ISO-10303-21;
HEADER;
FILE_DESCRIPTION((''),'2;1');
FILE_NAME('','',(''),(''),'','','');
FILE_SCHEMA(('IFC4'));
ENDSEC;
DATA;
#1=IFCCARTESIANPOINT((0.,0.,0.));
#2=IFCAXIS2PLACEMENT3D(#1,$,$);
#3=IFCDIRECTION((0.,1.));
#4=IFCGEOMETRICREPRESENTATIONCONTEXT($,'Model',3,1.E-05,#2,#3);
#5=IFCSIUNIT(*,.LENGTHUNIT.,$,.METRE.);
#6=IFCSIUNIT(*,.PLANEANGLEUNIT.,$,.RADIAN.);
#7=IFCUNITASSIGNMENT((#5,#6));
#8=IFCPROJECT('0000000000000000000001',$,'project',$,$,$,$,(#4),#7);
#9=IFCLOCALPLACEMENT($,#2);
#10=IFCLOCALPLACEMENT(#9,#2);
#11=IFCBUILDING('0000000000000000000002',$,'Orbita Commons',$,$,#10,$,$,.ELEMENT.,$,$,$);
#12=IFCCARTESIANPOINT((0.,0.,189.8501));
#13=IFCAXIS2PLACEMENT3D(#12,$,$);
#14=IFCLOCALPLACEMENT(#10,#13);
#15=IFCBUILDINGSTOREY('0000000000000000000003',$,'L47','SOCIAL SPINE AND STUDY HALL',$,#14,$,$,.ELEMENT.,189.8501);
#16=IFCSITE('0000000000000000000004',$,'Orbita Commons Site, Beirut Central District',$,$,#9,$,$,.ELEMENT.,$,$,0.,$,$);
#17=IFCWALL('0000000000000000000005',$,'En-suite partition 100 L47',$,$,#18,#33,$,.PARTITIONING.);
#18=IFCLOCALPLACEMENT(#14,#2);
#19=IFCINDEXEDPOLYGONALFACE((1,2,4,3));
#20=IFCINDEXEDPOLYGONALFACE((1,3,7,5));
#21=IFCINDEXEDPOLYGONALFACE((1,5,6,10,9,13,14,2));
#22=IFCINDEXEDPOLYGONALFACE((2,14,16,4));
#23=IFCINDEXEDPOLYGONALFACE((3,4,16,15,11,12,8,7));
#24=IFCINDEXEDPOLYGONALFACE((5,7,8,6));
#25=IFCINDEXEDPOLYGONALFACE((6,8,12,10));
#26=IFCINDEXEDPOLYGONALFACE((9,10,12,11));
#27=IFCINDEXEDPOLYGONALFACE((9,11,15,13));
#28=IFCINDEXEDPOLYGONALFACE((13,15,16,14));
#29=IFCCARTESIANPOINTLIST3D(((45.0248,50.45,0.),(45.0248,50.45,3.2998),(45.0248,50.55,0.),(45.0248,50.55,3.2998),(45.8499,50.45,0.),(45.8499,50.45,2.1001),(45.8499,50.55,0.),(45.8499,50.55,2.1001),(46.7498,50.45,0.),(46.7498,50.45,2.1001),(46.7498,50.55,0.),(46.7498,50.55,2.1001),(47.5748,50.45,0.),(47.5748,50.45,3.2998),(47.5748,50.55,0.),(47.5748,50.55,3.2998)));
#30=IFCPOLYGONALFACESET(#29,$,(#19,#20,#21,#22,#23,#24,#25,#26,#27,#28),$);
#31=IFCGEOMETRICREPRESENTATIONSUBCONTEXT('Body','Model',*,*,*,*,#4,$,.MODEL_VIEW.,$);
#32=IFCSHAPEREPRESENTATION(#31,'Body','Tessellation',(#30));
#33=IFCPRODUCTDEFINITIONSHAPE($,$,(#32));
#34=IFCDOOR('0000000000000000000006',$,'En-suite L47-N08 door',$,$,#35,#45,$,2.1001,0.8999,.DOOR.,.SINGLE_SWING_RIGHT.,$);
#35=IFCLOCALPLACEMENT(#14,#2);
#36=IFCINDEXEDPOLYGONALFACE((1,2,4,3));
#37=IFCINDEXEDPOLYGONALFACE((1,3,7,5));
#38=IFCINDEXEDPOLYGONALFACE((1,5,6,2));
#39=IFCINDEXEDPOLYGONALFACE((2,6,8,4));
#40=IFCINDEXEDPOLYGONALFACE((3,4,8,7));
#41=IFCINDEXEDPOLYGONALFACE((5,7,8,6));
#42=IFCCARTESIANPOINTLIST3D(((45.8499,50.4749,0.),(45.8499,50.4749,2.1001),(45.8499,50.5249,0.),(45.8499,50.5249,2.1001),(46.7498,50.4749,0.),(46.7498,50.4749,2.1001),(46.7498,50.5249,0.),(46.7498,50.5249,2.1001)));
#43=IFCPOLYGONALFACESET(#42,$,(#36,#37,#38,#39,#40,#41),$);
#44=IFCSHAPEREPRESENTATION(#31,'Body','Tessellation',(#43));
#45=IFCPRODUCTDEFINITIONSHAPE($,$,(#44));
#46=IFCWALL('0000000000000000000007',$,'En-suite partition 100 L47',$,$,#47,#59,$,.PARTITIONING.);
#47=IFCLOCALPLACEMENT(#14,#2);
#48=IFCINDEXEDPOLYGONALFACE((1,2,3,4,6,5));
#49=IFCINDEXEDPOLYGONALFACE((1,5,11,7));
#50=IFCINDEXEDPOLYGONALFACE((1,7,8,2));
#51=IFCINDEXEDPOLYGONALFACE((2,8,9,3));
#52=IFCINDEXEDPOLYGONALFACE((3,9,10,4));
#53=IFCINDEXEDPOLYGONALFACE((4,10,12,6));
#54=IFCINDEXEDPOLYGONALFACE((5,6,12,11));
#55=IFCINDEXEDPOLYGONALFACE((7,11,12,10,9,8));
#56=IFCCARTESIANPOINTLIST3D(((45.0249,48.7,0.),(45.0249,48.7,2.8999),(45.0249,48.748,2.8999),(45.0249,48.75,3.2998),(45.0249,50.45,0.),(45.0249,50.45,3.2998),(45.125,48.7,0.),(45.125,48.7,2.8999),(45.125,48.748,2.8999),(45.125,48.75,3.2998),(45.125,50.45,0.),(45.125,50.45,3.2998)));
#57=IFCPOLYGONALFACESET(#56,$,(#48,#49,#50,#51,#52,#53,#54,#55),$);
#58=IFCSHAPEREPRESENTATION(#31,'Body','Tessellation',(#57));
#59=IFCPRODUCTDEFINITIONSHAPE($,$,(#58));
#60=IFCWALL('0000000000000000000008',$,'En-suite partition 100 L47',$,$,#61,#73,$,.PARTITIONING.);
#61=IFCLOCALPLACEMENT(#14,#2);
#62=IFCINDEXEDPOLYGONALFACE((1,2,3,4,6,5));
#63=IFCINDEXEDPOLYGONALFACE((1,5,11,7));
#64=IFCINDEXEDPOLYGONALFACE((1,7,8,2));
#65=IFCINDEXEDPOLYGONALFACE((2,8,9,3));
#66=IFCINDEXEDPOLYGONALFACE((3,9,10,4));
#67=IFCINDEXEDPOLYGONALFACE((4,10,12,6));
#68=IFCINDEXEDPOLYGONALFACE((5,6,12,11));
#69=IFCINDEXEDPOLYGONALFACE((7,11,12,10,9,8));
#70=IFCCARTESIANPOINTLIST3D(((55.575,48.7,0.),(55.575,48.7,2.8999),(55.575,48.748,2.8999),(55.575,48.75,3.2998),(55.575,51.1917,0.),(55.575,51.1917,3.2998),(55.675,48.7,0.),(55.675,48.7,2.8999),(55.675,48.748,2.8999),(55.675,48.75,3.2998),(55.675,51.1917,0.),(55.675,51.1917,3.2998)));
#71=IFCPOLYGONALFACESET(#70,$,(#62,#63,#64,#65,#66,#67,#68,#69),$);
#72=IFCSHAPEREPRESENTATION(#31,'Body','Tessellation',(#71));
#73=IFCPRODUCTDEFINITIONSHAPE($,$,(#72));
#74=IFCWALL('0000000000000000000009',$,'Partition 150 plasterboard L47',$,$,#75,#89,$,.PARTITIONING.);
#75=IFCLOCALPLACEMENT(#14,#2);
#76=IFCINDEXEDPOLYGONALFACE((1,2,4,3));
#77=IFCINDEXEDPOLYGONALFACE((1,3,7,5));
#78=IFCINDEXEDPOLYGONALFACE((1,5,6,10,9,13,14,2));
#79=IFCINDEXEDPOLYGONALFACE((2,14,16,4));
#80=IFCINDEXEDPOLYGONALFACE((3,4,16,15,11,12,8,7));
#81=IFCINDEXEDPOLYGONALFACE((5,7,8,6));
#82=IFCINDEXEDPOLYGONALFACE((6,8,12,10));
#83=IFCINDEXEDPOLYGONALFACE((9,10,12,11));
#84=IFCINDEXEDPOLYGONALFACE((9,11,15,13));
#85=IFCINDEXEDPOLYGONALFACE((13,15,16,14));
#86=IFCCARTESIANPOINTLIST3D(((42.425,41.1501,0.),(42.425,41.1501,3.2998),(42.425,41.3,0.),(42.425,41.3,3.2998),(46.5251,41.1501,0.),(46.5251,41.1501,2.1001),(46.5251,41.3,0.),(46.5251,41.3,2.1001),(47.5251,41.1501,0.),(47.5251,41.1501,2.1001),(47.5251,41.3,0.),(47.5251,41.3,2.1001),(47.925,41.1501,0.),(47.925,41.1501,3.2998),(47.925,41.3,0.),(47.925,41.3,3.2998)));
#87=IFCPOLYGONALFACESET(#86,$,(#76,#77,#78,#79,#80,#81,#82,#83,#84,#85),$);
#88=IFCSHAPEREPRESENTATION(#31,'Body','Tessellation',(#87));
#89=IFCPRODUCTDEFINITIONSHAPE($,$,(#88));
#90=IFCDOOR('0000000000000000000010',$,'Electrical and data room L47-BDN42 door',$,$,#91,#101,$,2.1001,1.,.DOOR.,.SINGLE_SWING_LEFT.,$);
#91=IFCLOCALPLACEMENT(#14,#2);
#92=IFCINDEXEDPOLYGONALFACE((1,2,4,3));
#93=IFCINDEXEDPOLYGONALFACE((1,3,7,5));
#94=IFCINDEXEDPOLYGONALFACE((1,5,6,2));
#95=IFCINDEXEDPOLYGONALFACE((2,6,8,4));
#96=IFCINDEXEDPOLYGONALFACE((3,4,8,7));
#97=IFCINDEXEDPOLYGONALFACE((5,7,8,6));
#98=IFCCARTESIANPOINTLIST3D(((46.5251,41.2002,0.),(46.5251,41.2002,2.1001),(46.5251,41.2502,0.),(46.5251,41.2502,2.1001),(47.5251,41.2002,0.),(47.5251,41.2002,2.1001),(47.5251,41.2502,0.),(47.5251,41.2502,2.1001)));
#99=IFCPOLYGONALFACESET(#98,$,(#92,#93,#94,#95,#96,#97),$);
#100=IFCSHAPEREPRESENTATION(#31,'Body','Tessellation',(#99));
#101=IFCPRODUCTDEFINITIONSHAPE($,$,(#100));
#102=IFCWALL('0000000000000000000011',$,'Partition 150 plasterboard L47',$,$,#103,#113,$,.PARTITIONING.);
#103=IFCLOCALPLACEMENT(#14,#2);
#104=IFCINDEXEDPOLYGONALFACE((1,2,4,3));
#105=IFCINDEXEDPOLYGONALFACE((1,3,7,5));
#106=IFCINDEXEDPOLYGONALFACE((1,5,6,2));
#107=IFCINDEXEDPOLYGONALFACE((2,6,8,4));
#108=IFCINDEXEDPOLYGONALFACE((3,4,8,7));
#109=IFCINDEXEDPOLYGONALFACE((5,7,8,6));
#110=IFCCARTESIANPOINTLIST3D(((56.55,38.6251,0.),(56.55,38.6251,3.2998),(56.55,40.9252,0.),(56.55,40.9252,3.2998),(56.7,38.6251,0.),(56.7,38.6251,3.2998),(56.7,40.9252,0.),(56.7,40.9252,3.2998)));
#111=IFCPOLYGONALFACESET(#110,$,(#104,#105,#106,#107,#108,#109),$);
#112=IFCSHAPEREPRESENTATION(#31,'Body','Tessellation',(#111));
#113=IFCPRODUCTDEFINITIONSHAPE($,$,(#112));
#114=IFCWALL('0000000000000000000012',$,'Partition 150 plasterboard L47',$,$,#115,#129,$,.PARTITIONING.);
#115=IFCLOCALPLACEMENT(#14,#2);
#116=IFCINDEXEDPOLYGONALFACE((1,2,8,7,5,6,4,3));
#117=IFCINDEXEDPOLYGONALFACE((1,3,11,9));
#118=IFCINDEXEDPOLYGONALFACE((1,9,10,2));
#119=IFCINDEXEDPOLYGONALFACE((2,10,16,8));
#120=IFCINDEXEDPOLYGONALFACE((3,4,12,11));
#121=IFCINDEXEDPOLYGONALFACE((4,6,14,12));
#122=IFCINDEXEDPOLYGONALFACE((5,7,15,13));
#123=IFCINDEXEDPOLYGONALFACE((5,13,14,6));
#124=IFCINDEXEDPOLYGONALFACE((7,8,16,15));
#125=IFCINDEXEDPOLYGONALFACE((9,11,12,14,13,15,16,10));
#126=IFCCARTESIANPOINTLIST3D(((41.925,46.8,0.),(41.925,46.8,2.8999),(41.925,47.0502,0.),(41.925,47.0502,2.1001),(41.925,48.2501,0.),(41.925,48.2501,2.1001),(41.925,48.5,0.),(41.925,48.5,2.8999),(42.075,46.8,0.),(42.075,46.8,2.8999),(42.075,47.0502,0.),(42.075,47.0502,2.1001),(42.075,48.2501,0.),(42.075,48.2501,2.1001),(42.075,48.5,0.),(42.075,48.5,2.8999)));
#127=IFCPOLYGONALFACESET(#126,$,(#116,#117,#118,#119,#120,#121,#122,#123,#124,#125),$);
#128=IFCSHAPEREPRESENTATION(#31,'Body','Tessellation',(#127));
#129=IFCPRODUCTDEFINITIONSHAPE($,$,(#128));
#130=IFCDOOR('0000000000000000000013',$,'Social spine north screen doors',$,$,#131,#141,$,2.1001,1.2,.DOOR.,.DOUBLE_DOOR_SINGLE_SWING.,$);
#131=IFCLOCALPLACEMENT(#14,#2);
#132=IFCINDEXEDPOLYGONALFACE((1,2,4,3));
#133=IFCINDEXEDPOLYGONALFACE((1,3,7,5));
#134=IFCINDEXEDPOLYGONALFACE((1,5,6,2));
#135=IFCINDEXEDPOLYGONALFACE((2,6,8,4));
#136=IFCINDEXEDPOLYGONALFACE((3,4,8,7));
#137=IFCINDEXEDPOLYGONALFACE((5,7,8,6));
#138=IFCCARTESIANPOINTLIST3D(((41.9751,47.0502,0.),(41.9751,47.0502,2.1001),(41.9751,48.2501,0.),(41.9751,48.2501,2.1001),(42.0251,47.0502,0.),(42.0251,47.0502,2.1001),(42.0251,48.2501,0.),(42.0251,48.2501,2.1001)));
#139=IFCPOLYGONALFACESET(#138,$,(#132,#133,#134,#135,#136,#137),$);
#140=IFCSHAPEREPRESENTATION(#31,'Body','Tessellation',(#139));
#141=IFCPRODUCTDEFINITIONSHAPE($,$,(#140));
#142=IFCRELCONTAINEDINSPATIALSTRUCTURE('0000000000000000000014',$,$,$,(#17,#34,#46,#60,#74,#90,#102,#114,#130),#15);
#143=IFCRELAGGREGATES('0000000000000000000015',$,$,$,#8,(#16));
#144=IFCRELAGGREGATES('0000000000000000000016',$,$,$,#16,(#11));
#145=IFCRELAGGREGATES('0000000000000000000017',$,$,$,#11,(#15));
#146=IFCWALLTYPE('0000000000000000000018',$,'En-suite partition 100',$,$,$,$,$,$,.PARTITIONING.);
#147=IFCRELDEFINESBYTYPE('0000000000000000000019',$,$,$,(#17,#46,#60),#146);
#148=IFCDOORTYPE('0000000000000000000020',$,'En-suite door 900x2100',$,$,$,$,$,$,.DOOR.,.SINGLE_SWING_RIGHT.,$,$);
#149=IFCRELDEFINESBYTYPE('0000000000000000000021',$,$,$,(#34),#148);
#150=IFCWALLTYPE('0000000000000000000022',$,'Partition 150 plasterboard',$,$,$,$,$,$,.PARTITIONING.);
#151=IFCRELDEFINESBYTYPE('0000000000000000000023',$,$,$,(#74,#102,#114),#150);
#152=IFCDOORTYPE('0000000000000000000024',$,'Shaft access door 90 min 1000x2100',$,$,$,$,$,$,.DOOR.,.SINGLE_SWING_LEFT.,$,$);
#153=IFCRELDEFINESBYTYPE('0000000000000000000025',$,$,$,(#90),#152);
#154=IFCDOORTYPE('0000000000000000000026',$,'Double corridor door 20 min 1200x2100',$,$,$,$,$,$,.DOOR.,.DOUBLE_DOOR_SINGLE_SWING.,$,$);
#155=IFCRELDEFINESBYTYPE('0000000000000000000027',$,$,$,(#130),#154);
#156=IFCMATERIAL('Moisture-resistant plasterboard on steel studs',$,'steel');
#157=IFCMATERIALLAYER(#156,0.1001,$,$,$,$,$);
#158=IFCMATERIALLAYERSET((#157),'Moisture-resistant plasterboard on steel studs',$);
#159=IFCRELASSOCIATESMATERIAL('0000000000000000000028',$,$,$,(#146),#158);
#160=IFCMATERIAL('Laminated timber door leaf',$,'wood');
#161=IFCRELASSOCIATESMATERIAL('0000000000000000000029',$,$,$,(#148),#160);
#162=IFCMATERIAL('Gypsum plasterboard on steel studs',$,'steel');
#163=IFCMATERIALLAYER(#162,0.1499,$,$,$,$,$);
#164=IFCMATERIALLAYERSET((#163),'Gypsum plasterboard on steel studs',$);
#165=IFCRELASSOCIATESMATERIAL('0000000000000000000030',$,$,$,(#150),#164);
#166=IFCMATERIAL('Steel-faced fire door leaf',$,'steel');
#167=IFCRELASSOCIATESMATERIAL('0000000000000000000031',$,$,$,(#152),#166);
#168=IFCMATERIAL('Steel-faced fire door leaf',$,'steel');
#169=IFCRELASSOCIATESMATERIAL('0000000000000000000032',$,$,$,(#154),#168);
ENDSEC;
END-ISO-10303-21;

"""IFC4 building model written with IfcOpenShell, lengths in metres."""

from ifc_helpers import new_model, si_unit, direction, frame, frame_2d, origin, place, context, subcontext, project, spatial, polyline, rectangle, outline, extrude, material, layer, layer_set, type_object, element, fill, save


model = new_model("IFC4")

# Units and contexts
model_context = context("Model", 3, precision=1e-05, world=origin(), true_north=direction((0.0, 1.0)))
body_context = subcontext(model_context, "Body", "Model", "MODEL_VIEW")
ifc_project = project(units=[si_unit("LENGTHUNIT", "METRE"), si_unit("PLANEANGLEUNIT", "RADIAN")], contexts=[model_context])

# Site, building, storey
site_placement = place(None, origin())
site = spatial("IfcSite", under=ifc_project, at=site_placement, Name="Orbita Commons Site, Beirut Central District", CompositionType="ELEMENT", RefElevation=0.0)
building_placement = place(site_placement, origin())
building = spatial("IfcBuilding", under=site, at=building_placement, Name="Orbita Commons", CompositionType="ELEMENT")
storey_placement = place(building_placement, frame((0.0, 0.0, 189.8501)))
storey = spatial("IfcBuildingStorey", under=building, at=storey_placement, Name="L47", Description="SOCIAL SPINE AND STUDY HALL", CompositionType="ELEMENT", Elevation=189.8501)

# Wall, opening, door
ifc_material_1 = material(Name="Moisture-resistant plasterboard on steel studs", Category="steel")
ifc_layer_1 = layer(ifc_material_1, 0.1001)
ifc_layer_set_1 = layer_set([ifc_layer_1], Name="Moisture-resistant plasterboard on steel studs")
wall_type_1 = type_object("IfcWallType", Name="En-suite partition 100", PredefinedType="PARTITIONING", material=ifc_layer_set_1)
wall_1_placement = place(storey_placement, frame((45.0249, 50.5, 0.0), z_axis=(0.0, 0.0, 1.0), x_axis=(1.0, 0.0, 0.0)))
wall_1 = element("IfcWall", 1, at=wall_1_placement, inside=storey, type_object=wall_type_1, Name="En-suite partition 100 L47", PredefinedType="PARTITIONING", context=body_context, shape_type="SweptSolid", body=[
    extrude(rectangle(XDim=2.55, YDim=0.1001, at=frame_2d((1.2749, 0.0))), origin(), (0.0, 0.0, 1.0), 3.2998),
])
opening_1_placement = place(wall_1_placement, frame((0.825, 0.0, 0.0)))
opening_1 = element("IfcOpeningElement", 2, at=opening_1_placement, cuts=wall_1, PredefinedType="OPENING", context=body_context, shape_type="SweptSolid", body=[
    extrude(rectangle(XDim=0.8999, YDim=2.1001, at=frame_2d((0.45, 1.05))), frame((0.0, 0.0601, 0.0), z_axis=(0.0, -1.0, 0.0), x_axis=(1.0, 0.0, 0.0)), (0.0, 0.0, 1.0), 0.1201),
])
ifc_material_2 = material(Name="Laminated timber door leaf", Category="wood")
door_type_1 = type_object("IfcDoorType", Name="En-suite door 900x2100", OperationType="SINGLE_SWING_RIGHT", PredefinedType="DOOR", material=ifc_material_2)
door_1_placement = place(opening_1_placement, origin())
door_1 = element("IfcDoor", 3, at=door_1_placement, inside=storey, type_object=door_type_1, Name="En-suite L47-N08 door", OperationType="SINGLE_SWING_RIGHT", OverallHeight=2.1001, OverallWidth=0.8999, PredefinedType="DOOR", context=body_context, shape_type="SweptSolid", body=[
    extrude(rectangle(XDim=0.8999, YDim=2.1001, at=frame_2d((0.45, 1.05))), frame((0.0, 0.0249, 0.0), z_axis=(0.0, -1.0, 0.0), x_axis=(1.0, 0.0, 0.0)), (0.0, 0.0, 1.0), 0.05),
])
fill(opening_1, door_1)

# Walls
wall_2_placement = place(storey_placement, frame((45.075, 50.45, 0.0), z_axis=(0.0, 0.0, 1.0), x_axis=(0.0, -1.0, 0.0)))
element("IfcWall", 4, at=wall_2_placement, inside=storey, type_object=wall_type_1, Name="En-suite partition 100 L47", PredefinedType="PARTITIONING", context=body_context, shape_type="SweptSolid", body=[
    extrude(outline(polyline([(0.0, 0.0), (1.75, 0.0), (1.75, 2.8999), (1.7019, 2.8999), (1.7, 3.2998), (0.0, 3.2998), (0.0, 0.0)])), frame((0.0, 0.05, 0.0), z_axis=(0.0, -1.0, 0.0), x_axis=(1.0, 0.0, 0.0)), (0.0, 0.0, 1.0), 0.1001),
])
wall_3_placement = place(storey_placement, frame((55.625, 51.1917, 0.0), z_axis=(0.0, 0.0, 1.0), x_axis=(0.0, -1.0, 0.0)))
element("IfcWall", 5, at=wall_3_placement, inside=storey, type_object=wall_type_1, Name="En-suite partition 100 L47", PredefinedType="PARTITIONING", context=body_context, shape_type="SweptSolid", body=[
    extrude(outline(polyline([(0.0, 0.0), (2.4917, 0.0), (2.4917, 2.8999), (2.4436, 2.8999), (2.4417, 3.2998), (0.0, 3.2998), (0.0, 0.0)])), frame((0.0, 0.05, 0.0), z_axis=(0.0, -1.0, 0.0), x_axis=(1.0, 0.0, 0.0)), (0.0, 0.0, 1.0), 0.1001),
])

# Wall, opening, door
ifc_material_3 = material(Name="Gypsum plasterboard on steel studs", Category="steel")
ifc_layer_2 = layer(ifc_material_3, 0.1499)
ifc_layer_set_2 = layer_set([ifc_layer_2], Name="Gypsum plasterboard on steel studs")
wall_type_2 = type_object("IfcWallType", Name="Partition 150 plasterboard", PredefinedType="PARTITIONING", material=ifc_layer_set_2)
wall_4_placement = place(storey_placement, frame((47.925, 41.2251, 0.0), z_axis=(0.0, 0.0, 1.0), x_axis=(-1.0, 0.0, 0.0)))
wall_4 = element("IfcWall", 6, at=wall_4_placement, inside=storey, type_object=wall_type_2, Name="Partition 150 plasterboard L47", PredefinedType="PARTITIONING", context=body_context, shape_type="SweptSolid", body=[
    extrude(rectangle(XDim=5.5, YDim=0.1499, at=frame_2d((2.75, 0.0))), origin(), (0.0, 0.0, 1.0), 3.2998),
])
opening_2_placement = place(wall_4_placement, frame((0.3999, 0.0, 0.0)))
opening_2 = element("IfcOpeningElement", 7, at=opening_2_placement, cuts=wall_4, PredefinedType="OPENING", context=body_context, shape_type="SweptSolid", body=[
    extrude(rectangle(XDim=1.0, YDim=2.1001, at=frame_2d((0.5, 1.05))), frame((0.0, 0.085, 0.0), z_axis=(0.0, -1.0, 0.0), x_axis=(1.0, 0.0, 0.0)), (0.0, 0.0, 1.0), 0.1699),
])
ifc_material_4 = material(Name="Steel-faced fire door leaf", Category="steel")
door_type_2 = type_object("IfcDoorType", Name="Shaft access door 90 min 1000x2100", OperationType="SINGLE_SWING_LEFT", PredefinedType="DOOR", material=ifc_material_4)
door_2_placement = place(opening_2_placement, origin())
door_2 = element("IfcDoor", 8, at=door_2_placement, inside=storey, type_object=door_type_2, Name="Electrical and data room L47-BDN42 door", OperationType="SINGLE_SWING_LEFT", OverallHeight=2.1001, OverallWidth=1.0, PredefinedType="DOOR", context=body_context, shape_type="SweptSolid", body=[
    extrude(rectangle(XDim=1.0, YDim=2.1001, at=frame_2d((0.5, 1.05))), frame((0.0, 0.0249, 0.0), z_axis=(0.0, -1.0, 0.0), x_axis=(1.0, 0.0, 0.0)), (0.0, 0.0, 1.0), 0.05),
])
fill(opening_2, door_2)

# Wall
wall_5_placement = place(storey_placement, frame((56.625, 40.925, 0.0), z_axis=(0.0, 0.0, 1.0), x_axis=(0.0, -1.0, 0.0)))
element("IfcWall", 9, at=wall_5_placement, inside=storey, type_object=wall_type_2, Name="Partition 150 plasterboard L47", PredefinedType="PARTITIONING", context=body_context, shape_type="SweptSolid", body=[
    extrude(rectangle(XDim=2.3, YDim=0.1499, at=frame_2d((1.1499, 0.0))), origin(), (0.0, 0.0, 1.0), 3.2998),
])

# Wall, opening, door
wall_6_placement = place(storey_placement, frame((42.0, 46.8, 0.0), z_axis=(0.0, 0.0, 1.0), x_axis=(0.0, 1.0, 0.0)))
wall_6 = element("IfcWall", 10, at=wall_6_placement, inside=storey, type_object=wall_type_2, Name="Partition 150 plasterboard L47", PredefinedType="PARTITIONING", context=body_context, shape_type="SweptSolid", body=[
    extrude(outline(polyline([(0.0, 0.0), (1.7, 0.0), (1.7, 2.8999), (0.0, 2.8999), (0.0, 0.0)])), frame((0.0, 0.075, 0.0), z_axis=(0.0, -1.0, 0.0), x_axis=(1.0, 0.0, 0.0)), (0.0, 0.0, 1.0), 0.1499),
])
opening_3_placement = place(wall_6_placement, frame((0.25, 0.0, 0.0)))
opening_3 = element("IfcOpeningElement", 11, at=opening_3_placement, cuts=wall_6, PredefinedType="OPENING", context=body_context, shape_type="SweptSolid", body=[
    extrude(rectangle(XDim=1.2, YDim=2.1001, at=frame_2d((0.6001, 1.05))), frame((0.0, 0.085, 0.0), z_axis=(0.0, -1.0, 0.0), x_axis=(1.0, 0.0, 0.0)), (0.0, 0.0, 1.0), 0.1699),
])
ifc_material_5 = material(Name="Steel-faced fire door leaf", Category="steel")
door_type_3 = type_object("IfcDoorType", Name="Double corridor door 20 min 1200x2100", OperationType="DOUBLE_DOOR_SINGLE_SWING", PredefinedType="DOOR", material=ifc_material_5)
door_3_placement = place(opening_3_placement, origin())
door_3 = element("IfcDoor", 12, at=door_3_placement, inside=storey, type_object=door_type_3, Name="Social spine north screen doors", OperationType="DOUBLE_DOOR_SINGLE_SWING", OverallHeight=2.1001, OverallWidth=1.2, PredefinedType="DOOR", context=body_context, shape_type="SweptSolid", body=[
    extrude(rectangle(XDim=1.2, YDim=2.1001, at=frame_2d((0.6001, 1.05))), frame((0.0, 0.0249, 0.0), z_axis=(0.0, -1.0, 0.0), x_axis=(1.0, 0.0, 0.0)), (0.0, 0.0, 1.0), 0.05),
])
fill(opening_3, door_3)

save(model, "model.ifc")
